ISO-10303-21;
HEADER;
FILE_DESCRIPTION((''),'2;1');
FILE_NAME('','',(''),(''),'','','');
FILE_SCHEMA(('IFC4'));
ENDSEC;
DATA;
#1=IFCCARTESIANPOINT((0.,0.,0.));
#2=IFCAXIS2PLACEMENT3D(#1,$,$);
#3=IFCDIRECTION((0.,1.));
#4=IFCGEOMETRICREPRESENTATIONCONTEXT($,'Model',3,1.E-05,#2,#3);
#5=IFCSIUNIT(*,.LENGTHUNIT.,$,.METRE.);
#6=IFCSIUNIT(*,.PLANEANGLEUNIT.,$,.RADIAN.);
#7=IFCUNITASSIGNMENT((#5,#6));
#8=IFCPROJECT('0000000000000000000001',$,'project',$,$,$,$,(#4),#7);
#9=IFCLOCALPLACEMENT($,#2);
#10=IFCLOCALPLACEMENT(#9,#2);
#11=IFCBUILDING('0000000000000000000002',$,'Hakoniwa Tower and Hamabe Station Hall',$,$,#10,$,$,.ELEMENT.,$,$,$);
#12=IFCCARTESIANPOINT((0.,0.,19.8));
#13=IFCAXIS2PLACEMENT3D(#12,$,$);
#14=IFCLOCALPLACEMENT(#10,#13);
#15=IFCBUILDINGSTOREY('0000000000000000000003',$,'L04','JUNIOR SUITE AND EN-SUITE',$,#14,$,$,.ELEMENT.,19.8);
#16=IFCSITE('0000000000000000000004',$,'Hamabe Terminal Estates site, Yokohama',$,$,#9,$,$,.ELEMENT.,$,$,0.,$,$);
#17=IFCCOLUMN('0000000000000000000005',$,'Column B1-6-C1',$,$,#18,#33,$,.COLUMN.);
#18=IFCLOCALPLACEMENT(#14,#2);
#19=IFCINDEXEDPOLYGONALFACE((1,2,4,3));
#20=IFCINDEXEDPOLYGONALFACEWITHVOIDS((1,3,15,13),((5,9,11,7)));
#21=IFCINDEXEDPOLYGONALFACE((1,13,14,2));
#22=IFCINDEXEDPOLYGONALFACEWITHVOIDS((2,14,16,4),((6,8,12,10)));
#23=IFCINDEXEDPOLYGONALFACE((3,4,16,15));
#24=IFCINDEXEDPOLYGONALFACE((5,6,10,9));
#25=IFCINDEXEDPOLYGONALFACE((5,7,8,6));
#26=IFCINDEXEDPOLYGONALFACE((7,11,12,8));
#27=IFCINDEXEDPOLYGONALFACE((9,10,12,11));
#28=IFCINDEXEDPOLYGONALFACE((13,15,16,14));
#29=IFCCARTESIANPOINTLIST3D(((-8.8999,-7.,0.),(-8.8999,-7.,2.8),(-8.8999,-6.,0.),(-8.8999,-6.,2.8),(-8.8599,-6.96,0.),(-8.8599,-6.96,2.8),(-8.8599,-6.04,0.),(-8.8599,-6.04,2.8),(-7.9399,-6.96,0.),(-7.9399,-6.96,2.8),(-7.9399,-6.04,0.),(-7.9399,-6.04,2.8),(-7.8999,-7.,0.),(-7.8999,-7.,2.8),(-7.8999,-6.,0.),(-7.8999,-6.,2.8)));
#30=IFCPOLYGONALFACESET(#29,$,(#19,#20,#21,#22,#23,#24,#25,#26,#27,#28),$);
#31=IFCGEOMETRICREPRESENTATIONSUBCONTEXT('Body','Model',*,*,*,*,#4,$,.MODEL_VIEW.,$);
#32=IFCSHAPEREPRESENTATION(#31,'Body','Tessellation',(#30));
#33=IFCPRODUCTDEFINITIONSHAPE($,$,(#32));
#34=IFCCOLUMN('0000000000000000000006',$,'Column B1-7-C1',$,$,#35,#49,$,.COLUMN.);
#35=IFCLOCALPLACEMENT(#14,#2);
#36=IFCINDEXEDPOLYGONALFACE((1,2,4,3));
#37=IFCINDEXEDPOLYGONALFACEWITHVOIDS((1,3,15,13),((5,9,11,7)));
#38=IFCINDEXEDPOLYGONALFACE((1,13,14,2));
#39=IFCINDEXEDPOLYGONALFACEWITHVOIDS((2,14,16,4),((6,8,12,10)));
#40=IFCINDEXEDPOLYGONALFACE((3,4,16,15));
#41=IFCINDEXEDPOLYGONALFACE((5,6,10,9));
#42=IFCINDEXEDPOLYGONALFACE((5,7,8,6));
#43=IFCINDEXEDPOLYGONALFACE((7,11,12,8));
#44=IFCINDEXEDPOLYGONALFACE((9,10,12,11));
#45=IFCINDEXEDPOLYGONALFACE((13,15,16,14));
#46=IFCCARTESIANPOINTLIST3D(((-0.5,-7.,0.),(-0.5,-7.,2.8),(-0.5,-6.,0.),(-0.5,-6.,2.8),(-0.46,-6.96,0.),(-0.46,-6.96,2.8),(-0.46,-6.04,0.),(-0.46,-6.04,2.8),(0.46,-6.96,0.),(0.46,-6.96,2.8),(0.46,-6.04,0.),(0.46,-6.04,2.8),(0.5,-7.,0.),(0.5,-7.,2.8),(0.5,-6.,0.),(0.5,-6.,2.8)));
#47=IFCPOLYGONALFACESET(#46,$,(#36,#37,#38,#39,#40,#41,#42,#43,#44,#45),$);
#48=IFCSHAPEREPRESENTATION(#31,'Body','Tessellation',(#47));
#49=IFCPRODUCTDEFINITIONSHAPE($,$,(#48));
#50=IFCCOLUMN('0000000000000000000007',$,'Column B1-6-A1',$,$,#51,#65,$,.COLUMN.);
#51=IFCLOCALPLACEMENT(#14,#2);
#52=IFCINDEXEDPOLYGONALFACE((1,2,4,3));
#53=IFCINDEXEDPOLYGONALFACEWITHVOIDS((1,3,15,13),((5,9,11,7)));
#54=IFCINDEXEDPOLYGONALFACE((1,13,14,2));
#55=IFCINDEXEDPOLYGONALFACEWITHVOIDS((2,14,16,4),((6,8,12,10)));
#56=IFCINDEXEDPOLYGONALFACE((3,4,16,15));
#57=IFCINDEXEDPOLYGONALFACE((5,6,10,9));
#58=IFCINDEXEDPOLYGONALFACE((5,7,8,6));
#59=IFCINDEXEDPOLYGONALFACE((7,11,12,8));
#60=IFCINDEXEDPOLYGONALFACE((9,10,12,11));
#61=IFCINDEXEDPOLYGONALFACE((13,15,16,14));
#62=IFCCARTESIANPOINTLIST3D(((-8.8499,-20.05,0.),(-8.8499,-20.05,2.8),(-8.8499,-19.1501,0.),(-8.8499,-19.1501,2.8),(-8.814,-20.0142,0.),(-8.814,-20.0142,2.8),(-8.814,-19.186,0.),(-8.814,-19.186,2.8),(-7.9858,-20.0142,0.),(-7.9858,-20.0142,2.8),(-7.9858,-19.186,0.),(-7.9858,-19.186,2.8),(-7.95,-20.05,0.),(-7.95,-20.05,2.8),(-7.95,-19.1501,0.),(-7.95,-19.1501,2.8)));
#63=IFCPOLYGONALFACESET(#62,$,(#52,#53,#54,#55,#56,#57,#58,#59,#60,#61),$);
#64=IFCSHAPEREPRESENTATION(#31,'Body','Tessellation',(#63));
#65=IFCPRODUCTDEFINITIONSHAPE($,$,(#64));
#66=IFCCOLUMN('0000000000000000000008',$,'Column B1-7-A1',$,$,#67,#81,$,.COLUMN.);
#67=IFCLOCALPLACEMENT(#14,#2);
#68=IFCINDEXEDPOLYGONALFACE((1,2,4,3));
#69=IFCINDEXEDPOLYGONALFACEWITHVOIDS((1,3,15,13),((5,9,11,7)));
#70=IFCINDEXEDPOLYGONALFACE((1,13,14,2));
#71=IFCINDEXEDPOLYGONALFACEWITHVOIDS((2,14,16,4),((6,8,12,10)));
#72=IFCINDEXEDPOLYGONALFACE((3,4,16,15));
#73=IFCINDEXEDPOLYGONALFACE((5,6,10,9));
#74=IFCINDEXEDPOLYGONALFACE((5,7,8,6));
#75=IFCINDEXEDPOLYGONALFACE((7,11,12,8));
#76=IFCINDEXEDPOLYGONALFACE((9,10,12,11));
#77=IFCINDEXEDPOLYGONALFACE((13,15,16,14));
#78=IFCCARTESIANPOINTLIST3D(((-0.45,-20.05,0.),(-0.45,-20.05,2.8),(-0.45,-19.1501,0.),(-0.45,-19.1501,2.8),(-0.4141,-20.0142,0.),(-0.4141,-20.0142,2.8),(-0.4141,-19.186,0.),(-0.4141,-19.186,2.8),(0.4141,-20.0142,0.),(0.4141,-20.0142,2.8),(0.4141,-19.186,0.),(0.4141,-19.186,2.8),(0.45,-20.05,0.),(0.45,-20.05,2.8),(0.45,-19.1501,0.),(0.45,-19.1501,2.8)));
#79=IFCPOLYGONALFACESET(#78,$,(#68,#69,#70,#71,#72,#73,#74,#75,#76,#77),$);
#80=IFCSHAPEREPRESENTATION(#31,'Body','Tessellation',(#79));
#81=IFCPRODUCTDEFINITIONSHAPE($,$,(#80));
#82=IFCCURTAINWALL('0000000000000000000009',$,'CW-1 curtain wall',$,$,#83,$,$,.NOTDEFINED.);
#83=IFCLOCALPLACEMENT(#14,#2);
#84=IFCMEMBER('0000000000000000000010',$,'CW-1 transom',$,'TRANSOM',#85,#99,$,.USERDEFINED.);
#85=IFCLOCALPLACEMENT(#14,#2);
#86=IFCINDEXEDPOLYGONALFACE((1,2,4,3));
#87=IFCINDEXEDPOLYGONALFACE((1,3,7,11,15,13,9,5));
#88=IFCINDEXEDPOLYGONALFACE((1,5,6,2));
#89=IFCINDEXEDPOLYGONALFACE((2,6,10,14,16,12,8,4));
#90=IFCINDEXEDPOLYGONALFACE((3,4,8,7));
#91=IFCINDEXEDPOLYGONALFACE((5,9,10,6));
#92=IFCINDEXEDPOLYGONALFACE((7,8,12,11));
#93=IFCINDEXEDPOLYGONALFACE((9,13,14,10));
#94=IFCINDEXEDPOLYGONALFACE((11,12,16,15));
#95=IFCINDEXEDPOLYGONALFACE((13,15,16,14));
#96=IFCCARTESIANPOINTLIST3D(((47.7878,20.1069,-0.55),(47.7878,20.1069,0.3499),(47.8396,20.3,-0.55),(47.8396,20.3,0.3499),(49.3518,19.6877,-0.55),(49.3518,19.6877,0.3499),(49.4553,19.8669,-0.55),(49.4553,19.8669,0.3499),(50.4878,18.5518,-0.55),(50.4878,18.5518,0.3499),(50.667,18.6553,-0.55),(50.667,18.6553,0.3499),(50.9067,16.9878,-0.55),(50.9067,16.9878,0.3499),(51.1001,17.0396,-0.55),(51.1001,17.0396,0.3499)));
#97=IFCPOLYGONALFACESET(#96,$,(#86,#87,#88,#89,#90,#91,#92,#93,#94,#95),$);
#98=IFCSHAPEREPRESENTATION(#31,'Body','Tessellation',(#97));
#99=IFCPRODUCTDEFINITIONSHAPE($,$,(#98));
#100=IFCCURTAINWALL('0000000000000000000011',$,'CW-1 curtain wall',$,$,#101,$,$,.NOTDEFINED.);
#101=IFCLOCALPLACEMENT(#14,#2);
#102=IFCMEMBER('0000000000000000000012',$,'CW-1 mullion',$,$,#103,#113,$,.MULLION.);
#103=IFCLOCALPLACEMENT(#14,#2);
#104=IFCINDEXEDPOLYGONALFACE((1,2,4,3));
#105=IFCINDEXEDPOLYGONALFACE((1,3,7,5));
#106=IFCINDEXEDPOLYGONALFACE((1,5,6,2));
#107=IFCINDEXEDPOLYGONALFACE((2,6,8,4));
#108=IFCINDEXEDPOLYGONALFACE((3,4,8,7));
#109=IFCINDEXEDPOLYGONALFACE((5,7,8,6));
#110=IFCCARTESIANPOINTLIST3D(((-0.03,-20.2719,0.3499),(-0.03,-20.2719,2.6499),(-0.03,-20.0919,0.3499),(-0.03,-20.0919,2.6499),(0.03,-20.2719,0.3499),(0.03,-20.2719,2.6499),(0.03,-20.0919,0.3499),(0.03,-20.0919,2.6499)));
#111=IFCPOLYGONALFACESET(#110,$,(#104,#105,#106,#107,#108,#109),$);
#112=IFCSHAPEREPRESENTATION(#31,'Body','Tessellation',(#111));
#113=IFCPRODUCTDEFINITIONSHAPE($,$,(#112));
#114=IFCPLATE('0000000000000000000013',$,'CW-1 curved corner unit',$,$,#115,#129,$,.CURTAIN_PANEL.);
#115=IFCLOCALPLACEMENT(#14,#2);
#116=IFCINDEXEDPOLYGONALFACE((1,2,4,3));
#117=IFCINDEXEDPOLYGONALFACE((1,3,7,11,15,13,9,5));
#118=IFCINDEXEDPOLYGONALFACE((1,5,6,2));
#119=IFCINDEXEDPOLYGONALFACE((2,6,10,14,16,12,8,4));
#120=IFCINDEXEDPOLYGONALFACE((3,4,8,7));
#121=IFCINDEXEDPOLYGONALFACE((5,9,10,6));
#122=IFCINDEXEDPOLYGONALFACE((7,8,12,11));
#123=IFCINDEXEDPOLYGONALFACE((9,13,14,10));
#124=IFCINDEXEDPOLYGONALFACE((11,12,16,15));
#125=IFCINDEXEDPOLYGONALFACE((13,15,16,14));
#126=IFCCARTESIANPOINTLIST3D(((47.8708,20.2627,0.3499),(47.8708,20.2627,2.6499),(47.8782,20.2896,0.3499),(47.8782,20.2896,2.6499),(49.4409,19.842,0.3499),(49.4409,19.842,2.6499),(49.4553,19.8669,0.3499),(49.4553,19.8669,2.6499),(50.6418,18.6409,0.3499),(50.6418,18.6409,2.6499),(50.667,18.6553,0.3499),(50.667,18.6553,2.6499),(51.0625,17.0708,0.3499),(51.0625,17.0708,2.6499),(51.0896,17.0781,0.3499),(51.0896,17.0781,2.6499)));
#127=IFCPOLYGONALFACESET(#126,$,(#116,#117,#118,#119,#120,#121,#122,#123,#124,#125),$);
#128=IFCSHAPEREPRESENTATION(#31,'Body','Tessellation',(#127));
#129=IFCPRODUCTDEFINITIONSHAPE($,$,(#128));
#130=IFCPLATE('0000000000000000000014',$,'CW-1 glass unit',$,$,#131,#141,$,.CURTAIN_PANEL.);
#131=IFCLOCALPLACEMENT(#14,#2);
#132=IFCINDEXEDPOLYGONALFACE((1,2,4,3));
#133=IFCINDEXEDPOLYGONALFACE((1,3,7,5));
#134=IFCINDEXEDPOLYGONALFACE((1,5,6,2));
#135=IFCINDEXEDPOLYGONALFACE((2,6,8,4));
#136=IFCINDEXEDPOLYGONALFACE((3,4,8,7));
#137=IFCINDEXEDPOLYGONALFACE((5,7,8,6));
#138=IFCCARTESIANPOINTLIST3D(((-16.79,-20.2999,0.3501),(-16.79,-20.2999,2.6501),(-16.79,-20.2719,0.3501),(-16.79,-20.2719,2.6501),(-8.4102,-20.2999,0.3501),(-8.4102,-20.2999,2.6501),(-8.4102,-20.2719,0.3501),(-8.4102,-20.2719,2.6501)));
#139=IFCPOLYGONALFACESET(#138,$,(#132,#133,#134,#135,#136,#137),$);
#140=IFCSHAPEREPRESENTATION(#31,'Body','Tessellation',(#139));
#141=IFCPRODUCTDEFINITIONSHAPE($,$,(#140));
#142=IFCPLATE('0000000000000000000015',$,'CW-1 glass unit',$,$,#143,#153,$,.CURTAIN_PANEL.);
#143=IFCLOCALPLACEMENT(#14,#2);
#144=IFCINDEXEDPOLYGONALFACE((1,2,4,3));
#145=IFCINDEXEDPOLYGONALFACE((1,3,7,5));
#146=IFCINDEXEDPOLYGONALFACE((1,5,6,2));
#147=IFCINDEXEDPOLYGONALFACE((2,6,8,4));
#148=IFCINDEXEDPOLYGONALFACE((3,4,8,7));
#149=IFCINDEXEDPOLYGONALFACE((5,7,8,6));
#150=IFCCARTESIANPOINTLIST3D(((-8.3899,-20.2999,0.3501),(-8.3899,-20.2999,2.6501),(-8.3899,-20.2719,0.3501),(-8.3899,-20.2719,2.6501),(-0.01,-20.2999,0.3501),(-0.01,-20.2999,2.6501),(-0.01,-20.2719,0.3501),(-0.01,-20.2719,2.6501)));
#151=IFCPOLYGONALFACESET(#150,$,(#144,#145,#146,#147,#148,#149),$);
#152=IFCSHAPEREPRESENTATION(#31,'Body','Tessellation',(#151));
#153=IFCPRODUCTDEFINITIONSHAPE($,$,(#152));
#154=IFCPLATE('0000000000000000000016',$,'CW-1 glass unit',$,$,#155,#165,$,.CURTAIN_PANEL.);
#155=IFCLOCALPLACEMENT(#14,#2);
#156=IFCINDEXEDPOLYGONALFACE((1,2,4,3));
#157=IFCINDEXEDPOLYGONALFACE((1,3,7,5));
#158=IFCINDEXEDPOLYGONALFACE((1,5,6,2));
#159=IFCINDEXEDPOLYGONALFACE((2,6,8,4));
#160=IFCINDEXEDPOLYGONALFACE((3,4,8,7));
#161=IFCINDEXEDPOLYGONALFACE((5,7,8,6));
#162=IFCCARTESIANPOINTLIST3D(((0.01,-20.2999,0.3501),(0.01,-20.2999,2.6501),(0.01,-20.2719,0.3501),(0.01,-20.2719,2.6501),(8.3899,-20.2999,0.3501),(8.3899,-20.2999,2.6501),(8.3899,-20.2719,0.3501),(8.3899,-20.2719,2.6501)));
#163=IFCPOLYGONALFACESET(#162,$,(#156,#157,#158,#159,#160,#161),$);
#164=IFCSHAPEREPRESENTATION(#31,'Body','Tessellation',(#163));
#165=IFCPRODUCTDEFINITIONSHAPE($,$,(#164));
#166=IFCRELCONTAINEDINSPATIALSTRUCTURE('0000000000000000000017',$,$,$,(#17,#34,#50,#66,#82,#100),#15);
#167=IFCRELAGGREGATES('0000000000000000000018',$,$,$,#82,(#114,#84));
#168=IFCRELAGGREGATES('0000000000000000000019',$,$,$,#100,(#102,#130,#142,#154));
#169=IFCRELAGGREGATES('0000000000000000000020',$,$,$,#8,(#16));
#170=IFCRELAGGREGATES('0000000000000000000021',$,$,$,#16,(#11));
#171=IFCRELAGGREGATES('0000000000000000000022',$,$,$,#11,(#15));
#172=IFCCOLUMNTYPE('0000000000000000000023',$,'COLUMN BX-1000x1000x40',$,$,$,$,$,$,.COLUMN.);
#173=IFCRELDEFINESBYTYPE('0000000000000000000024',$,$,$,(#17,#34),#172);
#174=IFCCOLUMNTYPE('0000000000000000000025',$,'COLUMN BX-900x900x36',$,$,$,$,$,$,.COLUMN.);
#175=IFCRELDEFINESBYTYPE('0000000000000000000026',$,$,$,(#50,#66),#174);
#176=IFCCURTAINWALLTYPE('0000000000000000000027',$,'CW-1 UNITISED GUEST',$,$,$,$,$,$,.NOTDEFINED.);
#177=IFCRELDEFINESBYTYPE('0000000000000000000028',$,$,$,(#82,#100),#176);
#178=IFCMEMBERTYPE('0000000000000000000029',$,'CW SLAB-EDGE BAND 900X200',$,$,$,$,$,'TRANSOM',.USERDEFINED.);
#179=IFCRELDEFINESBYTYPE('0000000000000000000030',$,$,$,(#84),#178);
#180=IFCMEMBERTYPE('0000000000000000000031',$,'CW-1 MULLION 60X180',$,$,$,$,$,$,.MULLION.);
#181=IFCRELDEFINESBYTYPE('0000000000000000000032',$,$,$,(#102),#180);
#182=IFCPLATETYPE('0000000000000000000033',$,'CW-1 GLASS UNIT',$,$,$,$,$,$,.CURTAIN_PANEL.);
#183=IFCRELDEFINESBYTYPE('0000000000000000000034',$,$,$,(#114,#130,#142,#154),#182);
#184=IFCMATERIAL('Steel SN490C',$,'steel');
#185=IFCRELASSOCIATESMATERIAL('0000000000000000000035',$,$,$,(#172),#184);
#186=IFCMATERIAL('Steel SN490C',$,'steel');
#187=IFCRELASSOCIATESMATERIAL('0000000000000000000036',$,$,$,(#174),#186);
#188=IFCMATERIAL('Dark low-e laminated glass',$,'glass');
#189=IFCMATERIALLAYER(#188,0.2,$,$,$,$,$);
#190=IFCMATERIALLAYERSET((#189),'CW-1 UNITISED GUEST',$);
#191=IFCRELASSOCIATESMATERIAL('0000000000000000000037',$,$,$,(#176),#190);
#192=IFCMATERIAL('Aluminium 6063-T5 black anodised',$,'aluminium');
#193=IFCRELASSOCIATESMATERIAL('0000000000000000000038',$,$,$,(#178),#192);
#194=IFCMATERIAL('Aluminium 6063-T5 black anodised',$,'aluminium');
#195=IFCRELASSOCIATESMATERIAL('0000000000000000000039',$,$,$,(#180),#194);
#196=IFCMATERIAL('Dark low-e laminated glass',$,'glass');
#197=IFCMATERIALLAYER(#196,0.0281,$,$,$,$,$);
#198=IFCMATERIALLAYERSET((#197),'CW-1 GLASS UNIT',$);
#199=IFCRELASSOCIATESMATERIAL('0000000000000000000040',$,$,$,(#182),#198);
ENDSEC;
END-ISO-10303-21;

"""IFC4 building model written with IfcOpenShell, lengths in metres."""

from ifc_helpers import new_model, si_unit, direction, frame, origin, origin_2d, place, context, subcontext, project, spatial, polyline, rectangle, hollow_rectangle, outline, extrude, material, layer, layer_set, material_profile, profile_set, type_object, element, aggregate, save


model = new_model("IFC4")

# Units and contexts
model_context = context("Model", 3, precision=1e-05, world=origin(), true_north=direction((0.0, 1.0)))
body_context = subcontext(model_context, "Body", "Model", "MODEL_VIEW")
ifc_project = project(units=[si_unit("LENGTHUNIT", "METRE"), si_unit("PLANEANGLEUNIT", "RADIAN")], contexts=[model_context])

# Site, building, storey
site_placement = place(None, origin())
site = spatial("IfcSite", under=ifc_project, at=site_placement, Name="Hamabe Terminal Estates site, Yokohama", CompositionType="ELEMENT", RefElevation=0.0)
building_placement = place(site_placement, origin())
building = spatial("IfcBuilding", under=site, at=building_placement, Name="Hakoniwa Tower and Hamabe Station Hall", CompositionType="ELEMENT")
storey_placement = place(building_placement, frame((0.0, 0.0, 19.8)))
storey = spatial("IfcBuildingStorey", under=building, at=storey_placement, Name="L04", Description="JUNIOR SUITE AND EN-SUITE", CompositionType="ELEMENT", Elevation=19.8)

# Columns
ifc_material_1 = material(Name="Steel SN490C", Category="steel")
ifc_material_profile_1 = material_profile(ifc_material_1, hollow_rectangle(XDim=1.0, YDim=1.0, WallThickness=0.04, at=origin_2d()), Name="BX-1000x1000x40")
ifc_profile_set_1 = profile_set([ifc_material_profile_1], Name="Steel SN490C")
column_type_1 = type_object("IfcColumnType", Name="COLUMN BX-1000x1000x40", PredefinedType="COLUMN", material=ifc_profile_set_1)
for number, where, z_axis, x_axis, name in (
    (1, (-8.3999, -6.5, 0.0), (0.0, 0.0, 1.0), (1.0, 0.0, 0.0), "Column B1-6-C1"),
    (2, (0.0, -6.5, 0.0), (0.0, 0.0, 1.0), (1.0, 0.0, 0.0), "Column B1-7-C1"),
):
    element("IfcColumn", number, at=place(storey_placement, frame(where, z_axis=z_axis, x_axis=x_axis)), inside=storey, type_object=column_type_1, Name=name, PredefinedType="COLUMN", context=body_context, shape_type="SweptSolid", body=[
        extrude(hollow_rectangle(XDim=1.0, YDim=1.0, WallThickness=0.04, at=origin_2d()), origin(), (0.0, 0.0, 1.0), 2.8),
    ])
ifc_material_2 = material(Name="Steel SN490C", Category="steel")
ifc_material_profile_2 = material_profile(ifc_material_2, hollow_rectangle(XDim=0.8999, YDim=0.8999, WallThickness=0.0359, at=origin_2d()), Name="BX-900x900x36")
ifc_profile_set_2 = profile_set([ifc_material_profile_2], Name="Steel SN490C")
column_type_2 = type_object("IfcColumnType", Name="COLUMN BX-900x900x36", PredefinedType="COLUMN", material=ifc_profile_set_2)
for number, where, z_axis, x_axis, name in (
    (3, (-8.3999, -19.6001, 0.0), (0.0, 0.0, 1.0), (1.0, 0.0, 0.0), "Column B1-6-A1"),
    (4, (0.0, -19.6001, 0.0), (0.0, 0.0, 1.0), (1.0, 0.0, 0.0), "Column B1-7-A1"),
):
    element("IfcColumn", number, at=place(storey_placement, frame(where, z_axis=z_axis, x_axis=x_axis)), inside=storey, type_object=column_type_2, Name=name, PredefinedType="COLUMN", context=body_context, shape_type="SweptSolid", body=[
        extrude(hollow_rectangle(XDim=0.8999, YDim=0.8999, WallThickness=0.0359, at=origin_2d()), origin(), (0.0, 0.0, 1.0), 2.8),
    ])

# Curtain walls, members
ifc_material_3 = material(Name="Dark low-e laminated glass", Category="glass")
ifc_layer_1 = layer(ifc_material_3, 0.2)
ifc_layer_set_1 = layer_set([ifc_layer_1], Name="CW-1 UNITISED GUEST")
curtain_wall_type = type_object("IfcCurtainWallType", Name="CW-1 UNITISED GUEST", PredefinedType="NOTDEFINED", material=ifc_layer_set_1)
curtain_wall_1_placement = place(storey_placement, origin())
curtain_wall_1 = element("IfcCurtainWall", 5, at=curtain_wall_1_placement, inside=storey, type_object=curtain_wall_type, Name="CW-1 curtain wall", PredefinedType="NOTDEFINED")
ifc_material_4 = material(Name="Aluminium 6063-T5 black anodised", Category="aluminium")
ifc_material_profile_3 = material_profile(ifc_material_4, rectangle(XDim=0.2, YDim=0.8999, at=origin_2d()), Name="CW SLAB-EDGE BAND 900X200")
ifc_profile_set_3 = profile_set([ifc_material_profile_3], Name="Aluminium 6063-T5 black anodised")
member_type_1 = type_object("IfcMemberType", Name="CW SLAB-EDGE BAND 900X200", ElementType="TRANSOM", PredefinedType="USERDEFINED", material=ifc_profile_set_3)
member_1_placement = place(storey_placement, frame((0.0, 0.0, -0.55)))
member_1 = element("IfcMember", 6, at=member_1_placement, type_object=member_type_1, Name="CW-1 transom", ObjectType="TRANSOM", PredefinedType="USERDEFINED", context=body_context, shape_type="SweptSolid", body=[
    extrude(outline(polyline([(51.1001, 17.0396), (50.667, 18.6553), (49.4553, 19.8669), (47.8396, 20.3), (47.7878, 20.1069), (49.3518, 19.6877), (50.4878, 18.5518), (50.9067, 16.9878), (51.1001, 17.0396)])), origin(), (0.0, 0.0, 1.0), 0.8999),
])
curtain_wall_2_placement = place(storey_placement, origin())
curtain_wall_2 = element("IfcCurtainWall", 7, at=curtain_wall_2_placement, inside=storey, type_object=curtain_wall_type, Name="CW-1 curtain wall", PredefinedType="NOTDEFINED")
ifc_material_5 = material(Name="Aluminium 6063-T5 black anodised", Category="aluminium")
ifc_material_profile_4 = material_profile(ifc_material_5, rectangle(XDim=0.0601, YDim=0.1799, at=origin_2d()), Name="CW-1 MULLION 60X180")
ifc_profile_set_4 = profile_set([ifc_material_profile_4], Name="Aluminium 6063-T5 black anodised")
member_type_2 = type_object("IfcMemberType", Name="CW-1 MULLION 60X180", PredefinedType="MULLION", material=ifc_profile_set_4)
member_2_placement = place(storey_placement, frame((0.0, -20.1819, 0.3499), z_axis=(0.0, 0.0, 1.0), x_axis=(1.0, 0.0, 0.0)))
member_2 = element("IfcMember", 8, at=member_2_placement, type_object=member_type_2, Name="CW-1 mullion", PredefinedType="MULLION", context=body_context, shape_type="SweptSolid", body=[
    extrude(rectangle(XDim=0.0601, YDim=0.1799, at=origin_2d()), origin(), (0.0, 0.0, 1.0), 2.3),
])

# Plates
ifc_material_6 = material(Name="Dark low-e laminated glass", Category="glass")
ifc_layer_2 = layer(ifc_material_6, 0.0281)
ifc_layer_set_2 = layer_set([ifc_layer_2], Name="CW-1 GLASS UNIT")
plate_type = type_object("IfcPlateType", Name="CW-1 GLASS UNIT", PredefinedType="CURTAIN_PANEL", material=ifc_layer_set_2)
plate_1_placement = place(storey_placement, frame((0.0, 0.0, 0.3499)))
plate_1 = element("IfcPlate", 9, at=plate_1_placement, type_object=plate_type, Name="CW-1 curved corner unit", PredefinedType="CURTAIN_PANEL", context=body_context, shape_type="SweptSolid", body=[
    extrude(outline(polyline([(51.0896, 17.0781), (50.667, 18.6553), (49.4553, 19.8669), (47.8782, 20.2896), (47.8708, 20.2627), (49.4409, 19.842), (50.6418, 18.6409), (51.0625, 17.0708), (51.0896, 17.0781)])), origin(), (0.0, 0.0, 1.0), 2.3),
])
aggregate(curtain_wall_1, [plate_1, member_1])
plate_2_placement = place(storey_placement, frame((-12.6001, -20.2859, 0.3501), z_axis=(0.0, 0.0, 1.0), x_axis=(1.0, 0.0, 0.0)))
plate_2 = element("IfcPlate", 10, at=plate_2_placement, type_object=plate_type, Name="CW-1 glass unit", PredefinedType="CURTAIN_PANEL", context=body_context, shape_type="SweptSolid", body=[
    extrude(rectangle(XDim=8.3799, YDim=0.0281, at=origin_2d()), origin(), (0.0, 0.0, 1.0), 2.3),
])
plate_3_placement = place(storey_placement, frame((-4.2, -20.2859, 0.3501), z_axis=(0.0, 0.0, 1.0), x_axis=(1.0, 0.0, 0.0)))
plate_3 = element("IfcPlate", 11, at=plate_3_placement, type_object=plate_type, Name="CW-1 glass unit", PredefinedType="CURTAIN_PANEL", context=body_context, shape_type="SweptSolid", body=[
    extrude(rectangle(XDim=8.3799, YDim=0.0281, at=origin_2d()), origin(), (0.0, 0.0, 1.0), 2.3),
])
plate_4_placement = place(storey_placement, frame((4.2, -20.2859, 0.3501), z_axis=(0.0, 0.0, 1.0), x_axis=(1.0, 0.0, 0.0)))
plate_4 = element("IfcPlate", 12, at=plate_4_placement, type_object=plate_type, Name="CW-1 glass unit", PredefinedType="CURTAIN_PANEL", context=body_context, shape_type="SweptSolid", body=[
    extrude(rectangle(XDim=8.3799, YDim=0.0281, at=origin_2d()), origin(), (0.0, 0.0, 1.0), 2.3),
])
aggregate(curtain_wall_2, [member_2, plate_2, plate_3, plate_4])

save(model, "model.ifc")
